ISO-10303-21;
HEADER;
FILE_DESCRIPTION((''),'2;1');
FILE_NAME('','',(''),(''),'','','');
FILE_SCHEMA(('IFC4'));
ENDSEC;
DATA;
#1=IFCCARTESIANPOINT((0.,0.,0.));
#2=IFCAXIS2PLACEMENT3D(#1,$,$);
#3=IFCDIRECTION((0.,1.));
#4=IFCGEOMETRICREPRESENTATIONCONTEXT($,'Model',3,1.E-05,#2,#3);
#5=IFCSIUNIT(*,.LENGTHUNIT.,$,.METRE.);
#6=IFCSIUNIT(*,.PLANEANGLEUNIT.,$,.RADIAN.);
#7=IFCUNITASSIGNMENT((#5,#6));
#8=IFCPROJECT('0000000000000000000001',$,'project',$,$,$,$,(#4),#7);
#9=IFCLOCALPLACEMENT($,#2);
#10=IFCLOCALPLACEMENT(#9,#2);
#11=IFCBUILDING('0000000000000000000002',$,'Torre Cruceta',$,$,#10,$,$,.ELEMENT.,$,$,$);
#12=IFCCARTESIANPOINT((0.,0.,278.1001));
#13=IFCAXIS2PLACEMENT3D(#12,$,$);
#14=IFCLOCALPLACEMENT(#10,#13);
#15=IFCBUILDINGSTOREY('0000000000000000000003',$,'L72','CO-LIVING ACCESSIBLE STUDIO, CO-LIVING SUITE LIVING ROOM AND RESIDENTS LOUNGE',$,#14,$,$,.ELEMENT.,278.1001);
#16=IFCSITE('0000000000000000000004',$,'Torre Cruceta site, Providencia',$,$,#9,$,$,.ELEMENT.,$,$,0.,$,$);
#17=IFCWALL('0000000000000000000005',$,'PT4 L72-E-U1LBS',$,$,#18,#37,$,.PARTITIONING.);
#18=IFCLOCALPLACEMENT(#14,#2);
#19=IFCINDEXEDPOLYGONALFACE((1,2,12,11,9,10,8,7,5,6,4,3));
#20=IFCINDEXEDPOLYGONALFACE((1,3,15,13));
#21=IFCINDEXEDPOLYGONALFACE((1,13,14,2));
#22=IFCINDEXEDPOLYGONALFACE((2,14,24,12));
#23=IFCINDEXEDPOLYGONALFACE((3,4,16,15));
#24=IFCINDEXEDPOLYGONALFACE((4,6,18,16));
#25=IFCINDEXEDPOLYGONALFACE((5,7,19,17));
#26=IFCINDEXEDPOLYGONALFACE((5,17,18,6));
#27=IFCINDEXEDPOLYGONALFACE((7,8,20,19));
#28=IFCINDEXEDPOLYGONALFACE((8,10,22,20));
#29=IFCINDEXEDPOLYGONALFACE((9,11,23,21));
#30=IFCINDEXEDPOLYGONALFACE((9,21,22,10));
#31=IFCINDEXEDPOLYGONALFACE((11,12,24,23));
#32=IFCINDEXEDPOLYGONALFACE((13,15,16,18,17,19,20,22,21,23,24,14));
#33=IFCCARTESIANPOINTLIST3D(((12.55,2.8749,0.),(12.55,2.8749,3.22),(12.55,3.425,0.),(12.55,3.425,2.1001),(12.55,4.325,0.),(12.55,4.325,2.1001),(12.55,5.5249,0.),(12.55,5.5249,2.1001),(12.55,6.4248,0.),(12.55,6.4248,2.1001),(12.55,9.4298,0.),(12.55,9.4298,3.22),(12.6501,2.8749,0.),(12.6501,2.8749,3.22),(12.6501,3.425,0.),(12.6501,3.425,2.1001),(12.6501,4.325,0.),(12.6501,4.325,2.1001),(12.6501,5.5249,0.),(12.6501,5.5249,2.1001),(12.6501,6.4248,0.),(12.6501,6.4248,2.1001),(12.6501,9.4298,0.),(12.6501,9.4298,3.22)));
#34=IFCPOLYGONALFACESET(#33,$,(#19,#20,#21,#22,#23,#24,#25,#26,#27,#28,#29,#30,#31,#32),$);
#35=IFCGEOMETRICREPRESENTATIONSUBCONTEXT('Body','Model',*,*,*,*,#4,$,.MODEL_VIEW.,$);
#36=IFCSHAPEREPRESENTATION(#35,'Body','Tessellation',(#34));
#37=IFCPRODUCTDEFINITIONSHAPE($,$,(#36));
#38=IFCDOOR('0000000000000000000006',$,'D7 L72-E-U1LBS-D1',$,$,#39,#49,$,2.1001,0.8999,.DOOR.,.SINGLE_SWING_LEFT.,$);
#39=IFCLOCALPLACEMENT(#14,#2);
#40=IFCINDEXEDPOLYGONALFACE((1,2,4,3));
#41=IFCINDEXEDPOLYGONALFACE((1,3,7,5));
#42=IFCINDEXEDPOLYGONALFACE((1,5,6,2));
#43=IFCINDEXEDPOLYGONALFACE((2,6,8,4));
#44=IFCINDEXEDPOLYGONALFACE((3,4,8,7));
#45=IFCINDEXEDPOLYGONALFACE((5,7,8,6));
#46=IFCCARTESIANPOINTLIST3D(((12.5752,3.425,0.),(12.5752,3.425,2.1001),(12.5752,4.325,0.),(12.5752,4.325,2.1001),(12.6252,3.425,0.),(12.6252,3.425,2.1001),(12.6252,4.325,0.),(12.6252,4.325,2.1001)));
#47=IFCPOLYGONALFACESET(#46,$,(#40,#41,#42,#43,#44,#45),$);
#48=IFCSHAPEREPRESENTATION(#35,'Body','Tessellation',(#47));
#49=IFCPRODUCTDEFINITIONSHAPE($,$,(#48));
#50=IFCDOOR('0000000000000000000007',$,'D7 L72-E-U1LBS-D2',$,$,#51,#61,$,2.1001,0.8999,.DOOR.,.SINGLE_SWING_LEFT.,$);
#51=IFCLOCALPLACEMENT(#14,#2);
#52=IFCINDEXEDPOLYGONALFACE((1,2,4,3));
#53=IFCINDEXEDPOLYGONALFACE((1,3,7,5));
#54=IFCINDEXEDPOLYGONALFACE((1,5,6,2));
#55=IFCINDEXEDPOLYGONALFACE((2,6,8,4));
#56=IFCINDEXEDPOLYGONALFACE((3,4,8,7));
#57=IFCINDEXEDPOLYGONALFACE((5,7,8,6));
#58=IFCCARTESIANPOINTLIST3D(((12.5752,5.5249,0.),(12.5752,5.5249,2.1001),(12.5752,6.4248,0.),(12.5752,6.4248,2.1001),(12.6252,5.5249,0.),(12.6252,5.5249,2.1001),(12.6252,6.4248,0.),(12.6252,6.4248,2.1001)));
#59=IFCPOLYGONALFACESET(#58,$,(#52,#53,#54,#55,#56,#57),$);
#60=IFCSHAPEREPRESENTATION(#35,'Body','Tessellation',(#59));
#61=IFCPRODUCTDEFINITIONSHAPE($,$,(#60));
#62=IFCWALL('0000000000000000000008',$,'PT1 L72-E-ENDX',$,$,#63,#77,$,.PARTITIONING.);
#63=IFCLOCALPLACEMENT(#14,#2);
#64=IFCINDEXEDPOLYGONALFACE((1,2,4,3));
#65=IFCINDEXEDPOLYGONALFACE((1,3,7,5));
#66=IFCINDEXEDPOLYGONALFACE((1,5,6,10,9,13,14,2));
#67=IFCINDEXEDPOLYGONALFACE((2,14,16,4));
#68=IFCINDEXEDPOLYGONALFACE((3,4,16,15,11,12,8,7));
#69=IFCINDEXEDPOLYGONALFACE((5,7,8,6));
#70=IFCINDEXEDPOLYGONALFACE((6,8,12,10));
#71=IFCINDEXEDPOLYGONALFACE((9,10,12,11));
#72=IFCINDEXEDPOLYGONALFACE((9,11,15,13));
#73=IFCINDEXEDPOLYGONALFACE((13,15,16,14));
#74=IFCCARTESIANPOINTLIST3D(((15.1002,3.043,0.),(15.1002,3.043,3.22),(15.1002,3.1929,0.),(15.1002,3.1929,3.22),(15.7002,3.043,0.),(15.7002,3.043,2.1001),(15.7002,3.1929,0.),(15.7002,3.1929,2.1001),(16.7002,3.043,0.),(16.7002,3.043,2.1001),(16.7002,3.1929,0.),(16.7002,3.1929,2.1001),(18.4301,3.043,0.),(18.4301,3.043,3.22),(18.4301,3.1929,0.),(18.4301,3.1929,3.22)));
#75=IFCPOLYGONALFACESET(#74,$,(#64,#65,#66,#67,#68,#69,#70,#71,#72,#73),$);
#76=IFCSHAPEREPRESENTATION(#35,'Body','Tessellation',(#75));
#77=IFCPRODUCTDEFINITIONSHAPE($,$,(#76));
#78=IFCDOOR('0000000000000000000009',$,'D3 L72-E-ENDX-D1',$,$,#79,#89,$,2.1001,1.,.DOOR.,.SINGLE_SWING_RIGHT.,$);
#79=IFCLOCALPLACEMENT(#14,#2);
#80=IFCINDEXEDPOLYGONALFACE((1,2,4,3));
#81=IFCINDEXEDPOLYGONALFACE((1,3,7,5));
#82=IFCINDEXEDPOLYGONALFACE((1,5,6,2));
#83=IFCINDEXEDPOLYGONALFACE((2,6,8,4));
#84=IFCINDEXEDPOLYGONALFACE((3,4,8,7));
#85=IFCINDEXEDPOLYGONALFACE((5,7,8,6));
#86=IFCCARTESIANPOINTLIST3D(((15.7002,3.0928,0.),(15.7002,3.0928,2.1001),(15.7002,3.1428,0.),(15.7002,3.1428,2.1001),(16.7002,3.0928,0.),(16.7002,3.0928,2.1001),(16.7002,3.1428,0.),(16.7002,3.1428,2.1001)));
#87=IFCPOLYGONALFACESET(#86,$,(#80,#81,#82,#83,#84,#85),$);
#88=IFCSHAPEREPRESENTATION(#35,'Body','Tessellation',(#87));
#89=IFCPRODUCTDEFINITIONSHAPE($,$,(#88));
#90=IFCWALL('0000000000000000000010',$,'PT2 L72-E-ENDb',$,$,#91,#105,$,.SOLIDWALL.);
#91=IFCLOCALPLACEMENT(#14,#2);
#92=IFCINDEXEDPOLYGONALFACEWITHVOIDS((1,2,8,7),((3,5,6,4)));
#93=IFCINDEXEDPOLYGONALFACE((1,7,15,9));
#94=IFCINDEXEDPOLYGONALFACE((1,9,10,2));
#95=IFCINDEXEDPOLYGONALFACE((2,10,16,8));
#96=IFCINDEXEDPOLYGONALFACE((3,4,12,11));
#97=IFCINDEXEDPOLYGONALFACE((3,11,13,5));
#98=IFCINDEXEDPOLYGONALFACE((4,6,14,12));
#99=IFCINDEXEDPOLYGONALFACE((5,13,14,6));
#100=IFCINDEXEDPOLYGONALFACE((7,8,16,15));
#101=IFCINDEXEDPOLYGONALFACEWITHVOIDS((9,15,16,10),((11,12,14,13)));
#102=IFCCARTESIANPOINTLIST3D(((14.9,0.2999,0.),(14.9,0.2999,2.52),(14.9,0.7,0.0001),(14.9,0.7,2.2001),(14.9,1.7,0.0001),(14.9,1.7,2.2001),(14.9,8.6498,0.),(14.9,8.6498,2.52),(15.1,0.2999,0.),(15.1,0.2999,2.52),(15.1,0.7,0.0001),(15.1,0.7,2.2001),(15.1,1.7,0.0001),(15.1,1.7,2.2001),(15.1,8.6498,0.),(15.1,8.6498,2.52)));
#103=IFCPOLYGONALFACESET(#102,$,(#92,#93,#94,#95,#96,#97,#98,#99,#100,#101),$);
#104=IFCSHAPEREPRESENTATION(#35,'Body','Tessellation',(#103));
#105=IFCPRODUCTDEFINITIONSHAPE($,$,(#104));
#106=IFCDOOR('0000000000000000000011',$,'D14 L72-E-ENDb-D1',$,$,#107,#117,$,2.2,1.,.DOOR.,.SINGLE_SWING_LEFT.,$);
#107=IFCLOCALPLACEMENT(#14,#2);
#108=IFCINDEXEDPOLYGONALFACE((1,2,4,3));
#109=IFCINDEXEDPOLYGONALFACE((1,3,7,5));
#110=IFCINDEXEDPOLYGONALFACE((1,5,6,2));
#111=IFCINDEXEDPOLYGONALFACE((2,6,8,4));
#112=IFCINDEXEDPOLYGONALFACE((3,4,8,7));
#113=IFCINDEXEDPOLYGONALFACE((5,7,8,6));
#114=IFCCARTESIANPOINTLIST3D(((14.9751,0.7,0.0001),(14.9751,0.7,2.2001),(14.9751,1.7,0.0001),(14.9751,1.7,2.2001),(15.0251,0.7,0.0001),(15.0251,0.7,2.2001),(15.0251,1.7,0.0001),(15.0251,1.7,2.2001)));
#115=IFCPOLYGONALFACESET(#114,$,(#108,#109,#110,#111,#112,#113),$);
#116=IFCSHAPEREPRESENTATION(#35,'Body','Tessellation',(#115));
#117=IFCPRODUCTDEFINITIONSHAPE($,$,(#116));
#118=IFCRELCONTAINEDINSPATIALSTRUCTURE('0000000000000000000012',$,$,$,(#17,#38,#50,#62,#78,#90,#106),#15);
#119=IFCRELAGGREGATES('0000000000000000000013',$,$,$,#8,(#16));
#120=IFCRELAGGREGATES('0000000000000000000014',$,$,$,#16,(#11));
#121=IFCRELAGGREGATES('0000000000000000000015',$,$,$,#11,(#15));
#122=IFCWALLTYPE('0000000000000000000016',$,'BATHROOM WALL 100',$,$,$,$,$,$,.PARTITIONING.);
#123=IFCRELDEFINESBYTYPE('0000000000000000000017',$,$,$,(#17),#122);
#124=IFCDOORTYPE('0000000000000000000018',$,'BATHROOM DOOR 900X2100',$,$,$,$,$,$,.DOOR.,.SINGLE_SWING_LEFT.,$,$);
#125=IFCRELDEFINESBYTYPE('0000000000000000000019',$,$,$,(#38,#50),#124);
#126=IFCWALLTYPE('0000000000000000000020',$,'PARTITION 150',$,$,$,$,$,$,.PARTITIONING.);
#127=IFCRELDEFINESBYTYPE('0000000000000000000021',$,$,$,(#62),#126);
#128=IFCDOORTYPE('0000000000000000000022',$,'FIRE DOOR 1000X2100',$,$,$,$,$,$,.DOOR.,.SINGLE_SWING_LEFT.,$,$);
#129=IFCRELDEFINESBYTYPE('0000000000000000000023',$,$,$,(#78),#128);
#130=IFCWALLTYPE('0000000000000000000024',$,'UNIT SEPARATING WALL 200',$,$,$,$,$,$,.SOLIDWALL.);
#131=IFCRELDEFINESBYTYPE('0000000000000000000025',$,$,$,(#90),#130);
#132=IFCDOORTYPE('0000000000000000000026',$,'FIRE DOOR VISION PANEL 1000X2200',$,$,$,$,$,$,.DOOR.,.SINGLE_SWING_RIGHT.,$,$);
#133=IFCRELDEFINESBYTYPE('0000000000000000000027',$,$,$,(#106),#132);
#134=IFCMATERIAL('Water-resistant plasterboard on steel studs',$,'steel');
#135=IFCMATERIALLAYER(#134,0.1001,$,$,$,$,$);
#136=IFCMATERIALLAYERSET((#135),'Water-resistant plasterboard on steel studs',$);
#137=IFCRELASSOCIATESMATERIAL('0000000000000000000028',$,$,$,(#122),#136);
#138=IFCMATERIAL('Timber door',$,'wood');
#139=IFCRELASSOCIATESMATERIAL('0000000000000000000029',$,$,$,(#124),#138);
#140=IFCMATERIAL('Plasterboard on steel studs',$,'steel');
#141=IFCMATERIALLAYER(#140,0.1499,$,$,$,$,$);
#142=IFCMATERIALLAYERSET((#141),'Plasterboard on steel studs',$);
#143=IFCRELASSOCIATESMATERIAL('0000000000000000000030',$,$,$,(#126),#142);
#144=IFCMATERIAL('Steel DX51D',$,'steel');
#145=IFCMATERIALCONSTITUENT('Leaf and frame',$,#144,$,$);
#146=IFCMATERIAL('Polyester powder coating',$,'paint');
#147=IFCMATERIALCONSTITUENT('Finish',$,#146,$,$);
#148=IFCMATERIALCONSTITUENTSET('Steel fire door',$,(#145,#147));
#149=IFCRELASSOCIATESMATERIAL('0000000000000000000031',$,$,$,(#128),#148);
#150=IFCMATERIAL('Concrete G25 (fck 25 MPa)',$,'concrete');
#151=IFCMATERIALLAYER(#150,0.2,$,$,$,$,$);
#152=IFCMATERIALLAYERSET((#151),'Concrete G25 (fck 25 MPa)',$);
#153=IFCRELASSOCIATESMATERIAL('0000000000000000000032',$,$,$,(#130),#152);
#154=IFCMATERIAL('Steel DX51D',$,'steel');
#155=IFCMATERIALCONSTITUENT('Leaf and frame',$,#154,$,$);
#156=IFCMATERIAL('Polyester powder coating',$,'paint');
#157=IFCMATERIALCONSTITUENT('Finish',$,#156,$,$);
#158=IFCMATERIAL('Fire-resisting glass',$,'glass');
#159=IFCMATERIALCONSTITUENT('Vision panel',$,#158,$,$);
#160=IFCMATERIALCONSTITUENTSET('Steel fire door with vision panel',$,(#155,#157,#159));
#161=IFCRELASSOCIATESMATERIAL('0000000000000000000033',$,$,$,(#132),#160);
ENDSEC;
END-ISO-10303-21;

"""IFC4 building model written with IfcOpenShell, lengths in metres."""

from ifc_helpers import new_model, si_unit, direction, frame, frame_2d, origin, place, context, subcontext, project, spatial, rectangle, extrude, material, layer, layer_set, constituent, constituent_set, type_object, element, fill, save


model = new_model("IFC4")

# Units and contexts
model_context = context("Model", 3, precision=1e-05, world=origin(), true_north=direction((0.0, 1.0)))
body_context = subcontext(model_context, "Body", "Model", "MODEL_VIEW")
ifc_project = project(units=[si_unit("LENGTHUNIT", "METRE"), si_unit("PLANEANGLEUNIT", "RADIAN")], contexts=[model_context])

# Site, building, storey
site_placement = place(None, origin())
site = spatial("IfcSite", under=ifc_project, at=site_placement, Name="Torre Cruceta site, Providencia", CompositionType="ELEMENT", RefElevation=0.0)
building_placement = place(site_placement, origin())
building = spatial("IfcBuilding", under=site, at=building_placement, Name="Torre Cruceta", CompositionType="ELEMENT")
storey_placement = place(building_placement, frame((0.0, 0.0, 278.1001)))
storey = spatial("IfcBuildingStorey", under=building, at=storey_placement, Name="L72", Description="CO-LIVING ACCESSIBLE STUDIO, CO-LIVING SUITE LIVING ROOM AND RESIDENTS LOUNGE", CompositionType="ELEMENT", Elevation=278.1001)

# Shared definitions
ifc_material_1 = material(Name="Water-resistant plasterboard on steel studs", Category="steel")
ifc_layer_1 = layer(ifc_material_1, 0.1001)
ifc_layer_set_1 = layer_set([ifc_layer_1], Name="Water-resistant plasterboard on steel studs")
wall_type_1 = type_object("IfcWallType", Name="BATHROOM WALL 100", PredefinedType="PARTITIONING", material=ifc_layer_set_1)

# Wall, openings, doors
wall_1_placement = place(storey_placement, frame((12.6001, 2.875, 0.0), z_axis=(0.0, 0.0, 1.0), x_axis=(0.0, 1.0, 0.0)))
wall_1 = element("IfcWall", 1, at=wall_1_placement, inside=storey, type_object=wall_type_1, Name="PT4 L72-E-U1LBS", PredefinedType="PARTITIONING", context=body_context, shape_type="SweptSolid", body=[
    extrude(rectangle(XDim=6.5549, YDim=0.1001, at=frame_2d((3.2773, 0.0))), origin(), (0.0, 0.0, 1.0), 3.22),
])
opening_1_placement = place(wall_1_placement, frame((0.55, 0.0, 0.0)))
opening_1 = element("IfcOpeningElement", 2, at=opening_1_placement, cuts=wall_1, PredefinedType="OPENING", context=body_context, shape_type="SweptSolid", body=[
    extrude(rectangle(XDim=0.8999, YDim=2.1001, at=frame_2d((0.45, 1.05))), frame((0.0, 0.0601, 0.0), z_axis=(0.0, -1.0, 0.0), x_axis=(1.0, 0.0, 0.0)), (0.0, 0.0, 1.0), 0.1201),
])
opening_2_placement = place(wall_1_placement, frame((2.6499, 0.0, 0.0)))
opening_2 = element("IfcOpeningElement", 3, at=opening_2_placement, cuts=wall_1, PredefinedType="OPENING", context=body_context, shape_type="SweptSolid", body=[
    extrude(rectangle(XDim=0.8999, YDim=2.1001, at=frame_2d((0.45, 1.05))), frame((0.0, 0.0601, 0.0), z_axis=(0.0, -1.0, 0.0), x_axis=(1.0, 0.0, 0.0)), (0.0, 0.0, 1.0), 0.1201),
])
ifc_material_2 = material(Name="Timber door", Category="wood")
door_type_1 = type_object("IfcDoorType", Name="BATHROOM DOOR 900X2100", OperationType="SINGLE_SWING_LEFT", PredefinedType="DOOR", material=ifc_material_2)
door_1_placement = place(opening_1_placement, origin())
door_1 = element("IfcDoor", 4, at=door_1_placement, inside=storey, type_object=door_type_1, Name="D7 L72-E-U1LBS-D1", OperationType="SINGLE_SWING_LEFT", OverallHeight=2.1001, OverallWidth=0.8999, PredefinedType="DOOR", context=body_context, shape_type="SweptSolid", body=[
    extrude(rectangle(XDim=0.8999, YDim=2.1001, at=frame_2d((0.45, 1.05))), frame((0.0, 0.0249, 0.0), z_axis=(0.0, -1.0, 0.0), x_axis=(1.0, 0.0, 0.0)), (0.0, 0.0, 1.0), 0.05),
])
fill(opening_1, door_1)
door_2_placement = place(opening_2_placement, origin())
door_2 = element("IfcDoor", 5, at=door_2_placement, inside=storey, type_object=door_type_1, Name="D7 L72-E-U1LBS-D2", OperationType="SINGLE_SWING_LEFT", OverallHeight=2.1001, OverallWidth=0.8999, PredefinedType="DOOR", context=body_context, shape_type="SweptSolid", body=[
    extrude(rectangle(XDim=0.8999, YDim=2.1001, at=frame_2d((0.45, 1.05))), frame((0.0, 0.0249, 0.0), z_axis=(0.0, -1.0, 0.0), x_axis=(1.0, 0.0, 0.0)), (0.0, 0.0, 1.0), 0.05),
])
fill(opening_2, door_2)

# Walls, openings, doors
ifc_material_3 = material(Name="Plasterboard on steel studs", Category="steel")
ifc_layer_2 = layer(ifc_material_3, 0.1499)
ifc_layer_set_2 = layer_set([ifc_layer_2], Name="Plasterboard on steel studs")
wall_type_2 = type_object("IfcWallType", Name="PARTITION 150", PredefinedType="PARTITIONING", material=ifc_layer_set_2)
wall_2_placement = place(storey_placement, frame((15.1001, 3.1179, 0.0), z_axis=(0.0, 0.0, 1.0), x_axis=(1.0, 0.0, 0.0)))
wall_2 = element("IfcWall", 6, at=wall_2_placement, inside=storey, type_object=wall_type_2, Name="PT1 L72-E-ENDX", PredefinedType="PARTITIONING", context=body_context, shape_type="SweptSolid", body=[
    extrude(rectangle(XDim=3.3298, YDim=0.1499, at=frame_2d((1.665, 0.0))), origin(), (0.0, 0.0, 1.0), 3.22),
])
opening_3_placement = place(wall_2_placement, frame((0.6001, 0.0, 0.0)))
opening_3 = element("IfcOpeningElement", 7, at=opening_3_placement, cuts=wall_2, PredefinedType="OPENING", context=body_context, shape_type="SweptSolid", body=[
    extrude(rectangle(XDim=1.0, YDim=2.1001, at=frame_2d((0.5, 1.05))), frame((0.0, 0.085, 0.0), z_axis=(0.0, -1.0, 0.0), x_axis=(1.0, 0.0, 0.0)), (0.0, 0.0, 1.0), 0.1699),
])
ifc_material_4 = material(Name="Steel DX51D", Category="steel")
ifc_constituent_1 = constituent(ifc_material_4, Name="Leaf and frame")
ifc_material_5 = material(Name="Polyester powder coating", Category="paint")
ifc_constituent_2 = constituent(ifc_material_5, Name="Finish")
ifc_constituent_set_1 = constituent_set(constituents=[ifc_constituent_1, ifc_constituent_2], Name="Steel fire door")
door_type_2 = type_object("IfcDoorType", Name="FIRE DOOR 1000X2100", OperationType="SINGLE_SWING_LEFT", PredefinedType="DOOR", material=ifc_constituent_set_1)
door_3_placement = place(opening_3_placement, frame((1.0, 0.0, 0.0), z_axis=(0.0, 0.0, 1.0), x_axis=(-1.0, 0.0, 0.0)))
door_3 = element("IfcDoor", 8, at=door_3_placement, inside=storey, type_object=door_type_2, Name="D3 L72-E-ENDX-D1", OperationType="SINGLE_SWING_RIGHT", OverallHeight=2.1001, OverallWidth=1.0, PredefinedType="DOOR", context=body_context, shape_type="SweptSolid", body=[
    extrude(rectangle(XDim=1.0, YDim=2.1001, at=frame_2d((0.5, 1.05))), frame((0.0, 0.0251, 0.0), z_axis=(0.0, -1.0, 0.0), x_axis=(1.0, 0.0, 0.0)), (0.0, 0.0, 1.0), 0.05),
])
fill(opening_3, door_3)
ifc_material_6 = material(Name="Concrete G25 (fck 25 MPa)", Category="concrete")
ifc_layer_3 = layer(ifc_material_6, 0.2)
ifc_layer_set_3 = layer_set([ifc_layer_3], Name="Concrete G25 (fck 25 MPa)")
wall_type_3 = type_object("IfcWallType", Name="UNIT SEPARATING WALL 200", PredefinedType="SOLIDWALL", material=ifc_layer_set_3)
wall_3_placement = place(storey_placement, frame((15.0, 0.3, 0.0), z_axis=(0.0, 0.0, 1.0), x_axis=(0.0, 1.0, 0.0)))
wall_3 = element("IfcWall", 9, at=wall_3_placement, inside=storey, type_object=wall_type_3, Name="PT2 L72-E-ENDb", PredefinedType="SOLIDWALL", context=body_context, shape_type="SweptSolid", body=[
    extrude(rectangle(XDim=8.3499, YDim=0.2, at=frame_2d((4.1748, 0.0))), origin(), (0.0, 0.0, 1.0), 2.52),
])
opening_4_placement = place(wall_3_placement, frame((0.3999, 0.0, 0.0)))
opening_4 = element("IfcOpeningElement", 10, at=opening_4_placement, cuts=wall_3, PredefinedType="OPENING", context=body_context, shape_type="SweptSolid", body=[
    extrude(rectangle(XDim=1.0, YDim=2.2, at=frame_2d((0.5, 1.1001))), frame((0.0, 0.1099, 0.0), z_axis=(0.0, -1.0, 0.0), x_axis=(1.0, 0.0, 0.0)), (0.0, 0.0, 1.0), 0.22),
])
ifc_material_7 = material(Name="Steel DX51D", Category="steel")
ifc_constituent_3 = constituent(ifc_material_7, Name="Leaf and frame")
ifc_material_8 = material(Name="Polyester powder coating", Category="paint")
ifc_constituent_4 = constituent(ifc_material_8, Name="Finish")
ifc_material_9 = material(Name="Fire-resisting glass", Category="glass")
ifc_constituent_5 = constituent(ifc_material_9, Name="Vision panel")
ifc_constituent_set_2 = constituent_set(constituents=[ifc_constituent_3, ifc_constituent_4, ifc_constituent_5], Name="Steel fire door with vision panel")
door_type_3 = type_object("IfcDoorType", Name="FIRE DOOR VISION PANEL 1000X2200", OperationType="SINGLE_SWING_RIGHT", PredefinedType="DOOR", material=ifc_constituent_set_2)
door_4_placement = place(opening_4_placement, frame((1.0, 0.0, 0.0), z_axis=(0.0, 0.0, 1.0), x_axis=(-1.0, 0.0, 0.0)))
door_4 = element("IfcDoor", 11, at=door_4_placement, inside=storey, type_object=door_type_3, Name="D14 L72-E-ENDb-D1", OperationType="SINGLE_SWING_LEFT", OverallHeight=2.2, OverallWidth=1.0, PredefinedType="DOOR", context=body_context, shape_type="SweptSolid", body=[
    extrude(rectangle(XDim=1.0, YDim=2.2, at=frame_2d((0.5, 1.1001))), frame((0.0, 0.0251, 0.0), z_axis=(0.0, -1.0, 0.0), x_axis=(1.0, 0.0, 0.0)), (0.0, 0.0, 1.0), 0.05),
])
fill(opening_4, door_4)

save(model, "model.ifc")
